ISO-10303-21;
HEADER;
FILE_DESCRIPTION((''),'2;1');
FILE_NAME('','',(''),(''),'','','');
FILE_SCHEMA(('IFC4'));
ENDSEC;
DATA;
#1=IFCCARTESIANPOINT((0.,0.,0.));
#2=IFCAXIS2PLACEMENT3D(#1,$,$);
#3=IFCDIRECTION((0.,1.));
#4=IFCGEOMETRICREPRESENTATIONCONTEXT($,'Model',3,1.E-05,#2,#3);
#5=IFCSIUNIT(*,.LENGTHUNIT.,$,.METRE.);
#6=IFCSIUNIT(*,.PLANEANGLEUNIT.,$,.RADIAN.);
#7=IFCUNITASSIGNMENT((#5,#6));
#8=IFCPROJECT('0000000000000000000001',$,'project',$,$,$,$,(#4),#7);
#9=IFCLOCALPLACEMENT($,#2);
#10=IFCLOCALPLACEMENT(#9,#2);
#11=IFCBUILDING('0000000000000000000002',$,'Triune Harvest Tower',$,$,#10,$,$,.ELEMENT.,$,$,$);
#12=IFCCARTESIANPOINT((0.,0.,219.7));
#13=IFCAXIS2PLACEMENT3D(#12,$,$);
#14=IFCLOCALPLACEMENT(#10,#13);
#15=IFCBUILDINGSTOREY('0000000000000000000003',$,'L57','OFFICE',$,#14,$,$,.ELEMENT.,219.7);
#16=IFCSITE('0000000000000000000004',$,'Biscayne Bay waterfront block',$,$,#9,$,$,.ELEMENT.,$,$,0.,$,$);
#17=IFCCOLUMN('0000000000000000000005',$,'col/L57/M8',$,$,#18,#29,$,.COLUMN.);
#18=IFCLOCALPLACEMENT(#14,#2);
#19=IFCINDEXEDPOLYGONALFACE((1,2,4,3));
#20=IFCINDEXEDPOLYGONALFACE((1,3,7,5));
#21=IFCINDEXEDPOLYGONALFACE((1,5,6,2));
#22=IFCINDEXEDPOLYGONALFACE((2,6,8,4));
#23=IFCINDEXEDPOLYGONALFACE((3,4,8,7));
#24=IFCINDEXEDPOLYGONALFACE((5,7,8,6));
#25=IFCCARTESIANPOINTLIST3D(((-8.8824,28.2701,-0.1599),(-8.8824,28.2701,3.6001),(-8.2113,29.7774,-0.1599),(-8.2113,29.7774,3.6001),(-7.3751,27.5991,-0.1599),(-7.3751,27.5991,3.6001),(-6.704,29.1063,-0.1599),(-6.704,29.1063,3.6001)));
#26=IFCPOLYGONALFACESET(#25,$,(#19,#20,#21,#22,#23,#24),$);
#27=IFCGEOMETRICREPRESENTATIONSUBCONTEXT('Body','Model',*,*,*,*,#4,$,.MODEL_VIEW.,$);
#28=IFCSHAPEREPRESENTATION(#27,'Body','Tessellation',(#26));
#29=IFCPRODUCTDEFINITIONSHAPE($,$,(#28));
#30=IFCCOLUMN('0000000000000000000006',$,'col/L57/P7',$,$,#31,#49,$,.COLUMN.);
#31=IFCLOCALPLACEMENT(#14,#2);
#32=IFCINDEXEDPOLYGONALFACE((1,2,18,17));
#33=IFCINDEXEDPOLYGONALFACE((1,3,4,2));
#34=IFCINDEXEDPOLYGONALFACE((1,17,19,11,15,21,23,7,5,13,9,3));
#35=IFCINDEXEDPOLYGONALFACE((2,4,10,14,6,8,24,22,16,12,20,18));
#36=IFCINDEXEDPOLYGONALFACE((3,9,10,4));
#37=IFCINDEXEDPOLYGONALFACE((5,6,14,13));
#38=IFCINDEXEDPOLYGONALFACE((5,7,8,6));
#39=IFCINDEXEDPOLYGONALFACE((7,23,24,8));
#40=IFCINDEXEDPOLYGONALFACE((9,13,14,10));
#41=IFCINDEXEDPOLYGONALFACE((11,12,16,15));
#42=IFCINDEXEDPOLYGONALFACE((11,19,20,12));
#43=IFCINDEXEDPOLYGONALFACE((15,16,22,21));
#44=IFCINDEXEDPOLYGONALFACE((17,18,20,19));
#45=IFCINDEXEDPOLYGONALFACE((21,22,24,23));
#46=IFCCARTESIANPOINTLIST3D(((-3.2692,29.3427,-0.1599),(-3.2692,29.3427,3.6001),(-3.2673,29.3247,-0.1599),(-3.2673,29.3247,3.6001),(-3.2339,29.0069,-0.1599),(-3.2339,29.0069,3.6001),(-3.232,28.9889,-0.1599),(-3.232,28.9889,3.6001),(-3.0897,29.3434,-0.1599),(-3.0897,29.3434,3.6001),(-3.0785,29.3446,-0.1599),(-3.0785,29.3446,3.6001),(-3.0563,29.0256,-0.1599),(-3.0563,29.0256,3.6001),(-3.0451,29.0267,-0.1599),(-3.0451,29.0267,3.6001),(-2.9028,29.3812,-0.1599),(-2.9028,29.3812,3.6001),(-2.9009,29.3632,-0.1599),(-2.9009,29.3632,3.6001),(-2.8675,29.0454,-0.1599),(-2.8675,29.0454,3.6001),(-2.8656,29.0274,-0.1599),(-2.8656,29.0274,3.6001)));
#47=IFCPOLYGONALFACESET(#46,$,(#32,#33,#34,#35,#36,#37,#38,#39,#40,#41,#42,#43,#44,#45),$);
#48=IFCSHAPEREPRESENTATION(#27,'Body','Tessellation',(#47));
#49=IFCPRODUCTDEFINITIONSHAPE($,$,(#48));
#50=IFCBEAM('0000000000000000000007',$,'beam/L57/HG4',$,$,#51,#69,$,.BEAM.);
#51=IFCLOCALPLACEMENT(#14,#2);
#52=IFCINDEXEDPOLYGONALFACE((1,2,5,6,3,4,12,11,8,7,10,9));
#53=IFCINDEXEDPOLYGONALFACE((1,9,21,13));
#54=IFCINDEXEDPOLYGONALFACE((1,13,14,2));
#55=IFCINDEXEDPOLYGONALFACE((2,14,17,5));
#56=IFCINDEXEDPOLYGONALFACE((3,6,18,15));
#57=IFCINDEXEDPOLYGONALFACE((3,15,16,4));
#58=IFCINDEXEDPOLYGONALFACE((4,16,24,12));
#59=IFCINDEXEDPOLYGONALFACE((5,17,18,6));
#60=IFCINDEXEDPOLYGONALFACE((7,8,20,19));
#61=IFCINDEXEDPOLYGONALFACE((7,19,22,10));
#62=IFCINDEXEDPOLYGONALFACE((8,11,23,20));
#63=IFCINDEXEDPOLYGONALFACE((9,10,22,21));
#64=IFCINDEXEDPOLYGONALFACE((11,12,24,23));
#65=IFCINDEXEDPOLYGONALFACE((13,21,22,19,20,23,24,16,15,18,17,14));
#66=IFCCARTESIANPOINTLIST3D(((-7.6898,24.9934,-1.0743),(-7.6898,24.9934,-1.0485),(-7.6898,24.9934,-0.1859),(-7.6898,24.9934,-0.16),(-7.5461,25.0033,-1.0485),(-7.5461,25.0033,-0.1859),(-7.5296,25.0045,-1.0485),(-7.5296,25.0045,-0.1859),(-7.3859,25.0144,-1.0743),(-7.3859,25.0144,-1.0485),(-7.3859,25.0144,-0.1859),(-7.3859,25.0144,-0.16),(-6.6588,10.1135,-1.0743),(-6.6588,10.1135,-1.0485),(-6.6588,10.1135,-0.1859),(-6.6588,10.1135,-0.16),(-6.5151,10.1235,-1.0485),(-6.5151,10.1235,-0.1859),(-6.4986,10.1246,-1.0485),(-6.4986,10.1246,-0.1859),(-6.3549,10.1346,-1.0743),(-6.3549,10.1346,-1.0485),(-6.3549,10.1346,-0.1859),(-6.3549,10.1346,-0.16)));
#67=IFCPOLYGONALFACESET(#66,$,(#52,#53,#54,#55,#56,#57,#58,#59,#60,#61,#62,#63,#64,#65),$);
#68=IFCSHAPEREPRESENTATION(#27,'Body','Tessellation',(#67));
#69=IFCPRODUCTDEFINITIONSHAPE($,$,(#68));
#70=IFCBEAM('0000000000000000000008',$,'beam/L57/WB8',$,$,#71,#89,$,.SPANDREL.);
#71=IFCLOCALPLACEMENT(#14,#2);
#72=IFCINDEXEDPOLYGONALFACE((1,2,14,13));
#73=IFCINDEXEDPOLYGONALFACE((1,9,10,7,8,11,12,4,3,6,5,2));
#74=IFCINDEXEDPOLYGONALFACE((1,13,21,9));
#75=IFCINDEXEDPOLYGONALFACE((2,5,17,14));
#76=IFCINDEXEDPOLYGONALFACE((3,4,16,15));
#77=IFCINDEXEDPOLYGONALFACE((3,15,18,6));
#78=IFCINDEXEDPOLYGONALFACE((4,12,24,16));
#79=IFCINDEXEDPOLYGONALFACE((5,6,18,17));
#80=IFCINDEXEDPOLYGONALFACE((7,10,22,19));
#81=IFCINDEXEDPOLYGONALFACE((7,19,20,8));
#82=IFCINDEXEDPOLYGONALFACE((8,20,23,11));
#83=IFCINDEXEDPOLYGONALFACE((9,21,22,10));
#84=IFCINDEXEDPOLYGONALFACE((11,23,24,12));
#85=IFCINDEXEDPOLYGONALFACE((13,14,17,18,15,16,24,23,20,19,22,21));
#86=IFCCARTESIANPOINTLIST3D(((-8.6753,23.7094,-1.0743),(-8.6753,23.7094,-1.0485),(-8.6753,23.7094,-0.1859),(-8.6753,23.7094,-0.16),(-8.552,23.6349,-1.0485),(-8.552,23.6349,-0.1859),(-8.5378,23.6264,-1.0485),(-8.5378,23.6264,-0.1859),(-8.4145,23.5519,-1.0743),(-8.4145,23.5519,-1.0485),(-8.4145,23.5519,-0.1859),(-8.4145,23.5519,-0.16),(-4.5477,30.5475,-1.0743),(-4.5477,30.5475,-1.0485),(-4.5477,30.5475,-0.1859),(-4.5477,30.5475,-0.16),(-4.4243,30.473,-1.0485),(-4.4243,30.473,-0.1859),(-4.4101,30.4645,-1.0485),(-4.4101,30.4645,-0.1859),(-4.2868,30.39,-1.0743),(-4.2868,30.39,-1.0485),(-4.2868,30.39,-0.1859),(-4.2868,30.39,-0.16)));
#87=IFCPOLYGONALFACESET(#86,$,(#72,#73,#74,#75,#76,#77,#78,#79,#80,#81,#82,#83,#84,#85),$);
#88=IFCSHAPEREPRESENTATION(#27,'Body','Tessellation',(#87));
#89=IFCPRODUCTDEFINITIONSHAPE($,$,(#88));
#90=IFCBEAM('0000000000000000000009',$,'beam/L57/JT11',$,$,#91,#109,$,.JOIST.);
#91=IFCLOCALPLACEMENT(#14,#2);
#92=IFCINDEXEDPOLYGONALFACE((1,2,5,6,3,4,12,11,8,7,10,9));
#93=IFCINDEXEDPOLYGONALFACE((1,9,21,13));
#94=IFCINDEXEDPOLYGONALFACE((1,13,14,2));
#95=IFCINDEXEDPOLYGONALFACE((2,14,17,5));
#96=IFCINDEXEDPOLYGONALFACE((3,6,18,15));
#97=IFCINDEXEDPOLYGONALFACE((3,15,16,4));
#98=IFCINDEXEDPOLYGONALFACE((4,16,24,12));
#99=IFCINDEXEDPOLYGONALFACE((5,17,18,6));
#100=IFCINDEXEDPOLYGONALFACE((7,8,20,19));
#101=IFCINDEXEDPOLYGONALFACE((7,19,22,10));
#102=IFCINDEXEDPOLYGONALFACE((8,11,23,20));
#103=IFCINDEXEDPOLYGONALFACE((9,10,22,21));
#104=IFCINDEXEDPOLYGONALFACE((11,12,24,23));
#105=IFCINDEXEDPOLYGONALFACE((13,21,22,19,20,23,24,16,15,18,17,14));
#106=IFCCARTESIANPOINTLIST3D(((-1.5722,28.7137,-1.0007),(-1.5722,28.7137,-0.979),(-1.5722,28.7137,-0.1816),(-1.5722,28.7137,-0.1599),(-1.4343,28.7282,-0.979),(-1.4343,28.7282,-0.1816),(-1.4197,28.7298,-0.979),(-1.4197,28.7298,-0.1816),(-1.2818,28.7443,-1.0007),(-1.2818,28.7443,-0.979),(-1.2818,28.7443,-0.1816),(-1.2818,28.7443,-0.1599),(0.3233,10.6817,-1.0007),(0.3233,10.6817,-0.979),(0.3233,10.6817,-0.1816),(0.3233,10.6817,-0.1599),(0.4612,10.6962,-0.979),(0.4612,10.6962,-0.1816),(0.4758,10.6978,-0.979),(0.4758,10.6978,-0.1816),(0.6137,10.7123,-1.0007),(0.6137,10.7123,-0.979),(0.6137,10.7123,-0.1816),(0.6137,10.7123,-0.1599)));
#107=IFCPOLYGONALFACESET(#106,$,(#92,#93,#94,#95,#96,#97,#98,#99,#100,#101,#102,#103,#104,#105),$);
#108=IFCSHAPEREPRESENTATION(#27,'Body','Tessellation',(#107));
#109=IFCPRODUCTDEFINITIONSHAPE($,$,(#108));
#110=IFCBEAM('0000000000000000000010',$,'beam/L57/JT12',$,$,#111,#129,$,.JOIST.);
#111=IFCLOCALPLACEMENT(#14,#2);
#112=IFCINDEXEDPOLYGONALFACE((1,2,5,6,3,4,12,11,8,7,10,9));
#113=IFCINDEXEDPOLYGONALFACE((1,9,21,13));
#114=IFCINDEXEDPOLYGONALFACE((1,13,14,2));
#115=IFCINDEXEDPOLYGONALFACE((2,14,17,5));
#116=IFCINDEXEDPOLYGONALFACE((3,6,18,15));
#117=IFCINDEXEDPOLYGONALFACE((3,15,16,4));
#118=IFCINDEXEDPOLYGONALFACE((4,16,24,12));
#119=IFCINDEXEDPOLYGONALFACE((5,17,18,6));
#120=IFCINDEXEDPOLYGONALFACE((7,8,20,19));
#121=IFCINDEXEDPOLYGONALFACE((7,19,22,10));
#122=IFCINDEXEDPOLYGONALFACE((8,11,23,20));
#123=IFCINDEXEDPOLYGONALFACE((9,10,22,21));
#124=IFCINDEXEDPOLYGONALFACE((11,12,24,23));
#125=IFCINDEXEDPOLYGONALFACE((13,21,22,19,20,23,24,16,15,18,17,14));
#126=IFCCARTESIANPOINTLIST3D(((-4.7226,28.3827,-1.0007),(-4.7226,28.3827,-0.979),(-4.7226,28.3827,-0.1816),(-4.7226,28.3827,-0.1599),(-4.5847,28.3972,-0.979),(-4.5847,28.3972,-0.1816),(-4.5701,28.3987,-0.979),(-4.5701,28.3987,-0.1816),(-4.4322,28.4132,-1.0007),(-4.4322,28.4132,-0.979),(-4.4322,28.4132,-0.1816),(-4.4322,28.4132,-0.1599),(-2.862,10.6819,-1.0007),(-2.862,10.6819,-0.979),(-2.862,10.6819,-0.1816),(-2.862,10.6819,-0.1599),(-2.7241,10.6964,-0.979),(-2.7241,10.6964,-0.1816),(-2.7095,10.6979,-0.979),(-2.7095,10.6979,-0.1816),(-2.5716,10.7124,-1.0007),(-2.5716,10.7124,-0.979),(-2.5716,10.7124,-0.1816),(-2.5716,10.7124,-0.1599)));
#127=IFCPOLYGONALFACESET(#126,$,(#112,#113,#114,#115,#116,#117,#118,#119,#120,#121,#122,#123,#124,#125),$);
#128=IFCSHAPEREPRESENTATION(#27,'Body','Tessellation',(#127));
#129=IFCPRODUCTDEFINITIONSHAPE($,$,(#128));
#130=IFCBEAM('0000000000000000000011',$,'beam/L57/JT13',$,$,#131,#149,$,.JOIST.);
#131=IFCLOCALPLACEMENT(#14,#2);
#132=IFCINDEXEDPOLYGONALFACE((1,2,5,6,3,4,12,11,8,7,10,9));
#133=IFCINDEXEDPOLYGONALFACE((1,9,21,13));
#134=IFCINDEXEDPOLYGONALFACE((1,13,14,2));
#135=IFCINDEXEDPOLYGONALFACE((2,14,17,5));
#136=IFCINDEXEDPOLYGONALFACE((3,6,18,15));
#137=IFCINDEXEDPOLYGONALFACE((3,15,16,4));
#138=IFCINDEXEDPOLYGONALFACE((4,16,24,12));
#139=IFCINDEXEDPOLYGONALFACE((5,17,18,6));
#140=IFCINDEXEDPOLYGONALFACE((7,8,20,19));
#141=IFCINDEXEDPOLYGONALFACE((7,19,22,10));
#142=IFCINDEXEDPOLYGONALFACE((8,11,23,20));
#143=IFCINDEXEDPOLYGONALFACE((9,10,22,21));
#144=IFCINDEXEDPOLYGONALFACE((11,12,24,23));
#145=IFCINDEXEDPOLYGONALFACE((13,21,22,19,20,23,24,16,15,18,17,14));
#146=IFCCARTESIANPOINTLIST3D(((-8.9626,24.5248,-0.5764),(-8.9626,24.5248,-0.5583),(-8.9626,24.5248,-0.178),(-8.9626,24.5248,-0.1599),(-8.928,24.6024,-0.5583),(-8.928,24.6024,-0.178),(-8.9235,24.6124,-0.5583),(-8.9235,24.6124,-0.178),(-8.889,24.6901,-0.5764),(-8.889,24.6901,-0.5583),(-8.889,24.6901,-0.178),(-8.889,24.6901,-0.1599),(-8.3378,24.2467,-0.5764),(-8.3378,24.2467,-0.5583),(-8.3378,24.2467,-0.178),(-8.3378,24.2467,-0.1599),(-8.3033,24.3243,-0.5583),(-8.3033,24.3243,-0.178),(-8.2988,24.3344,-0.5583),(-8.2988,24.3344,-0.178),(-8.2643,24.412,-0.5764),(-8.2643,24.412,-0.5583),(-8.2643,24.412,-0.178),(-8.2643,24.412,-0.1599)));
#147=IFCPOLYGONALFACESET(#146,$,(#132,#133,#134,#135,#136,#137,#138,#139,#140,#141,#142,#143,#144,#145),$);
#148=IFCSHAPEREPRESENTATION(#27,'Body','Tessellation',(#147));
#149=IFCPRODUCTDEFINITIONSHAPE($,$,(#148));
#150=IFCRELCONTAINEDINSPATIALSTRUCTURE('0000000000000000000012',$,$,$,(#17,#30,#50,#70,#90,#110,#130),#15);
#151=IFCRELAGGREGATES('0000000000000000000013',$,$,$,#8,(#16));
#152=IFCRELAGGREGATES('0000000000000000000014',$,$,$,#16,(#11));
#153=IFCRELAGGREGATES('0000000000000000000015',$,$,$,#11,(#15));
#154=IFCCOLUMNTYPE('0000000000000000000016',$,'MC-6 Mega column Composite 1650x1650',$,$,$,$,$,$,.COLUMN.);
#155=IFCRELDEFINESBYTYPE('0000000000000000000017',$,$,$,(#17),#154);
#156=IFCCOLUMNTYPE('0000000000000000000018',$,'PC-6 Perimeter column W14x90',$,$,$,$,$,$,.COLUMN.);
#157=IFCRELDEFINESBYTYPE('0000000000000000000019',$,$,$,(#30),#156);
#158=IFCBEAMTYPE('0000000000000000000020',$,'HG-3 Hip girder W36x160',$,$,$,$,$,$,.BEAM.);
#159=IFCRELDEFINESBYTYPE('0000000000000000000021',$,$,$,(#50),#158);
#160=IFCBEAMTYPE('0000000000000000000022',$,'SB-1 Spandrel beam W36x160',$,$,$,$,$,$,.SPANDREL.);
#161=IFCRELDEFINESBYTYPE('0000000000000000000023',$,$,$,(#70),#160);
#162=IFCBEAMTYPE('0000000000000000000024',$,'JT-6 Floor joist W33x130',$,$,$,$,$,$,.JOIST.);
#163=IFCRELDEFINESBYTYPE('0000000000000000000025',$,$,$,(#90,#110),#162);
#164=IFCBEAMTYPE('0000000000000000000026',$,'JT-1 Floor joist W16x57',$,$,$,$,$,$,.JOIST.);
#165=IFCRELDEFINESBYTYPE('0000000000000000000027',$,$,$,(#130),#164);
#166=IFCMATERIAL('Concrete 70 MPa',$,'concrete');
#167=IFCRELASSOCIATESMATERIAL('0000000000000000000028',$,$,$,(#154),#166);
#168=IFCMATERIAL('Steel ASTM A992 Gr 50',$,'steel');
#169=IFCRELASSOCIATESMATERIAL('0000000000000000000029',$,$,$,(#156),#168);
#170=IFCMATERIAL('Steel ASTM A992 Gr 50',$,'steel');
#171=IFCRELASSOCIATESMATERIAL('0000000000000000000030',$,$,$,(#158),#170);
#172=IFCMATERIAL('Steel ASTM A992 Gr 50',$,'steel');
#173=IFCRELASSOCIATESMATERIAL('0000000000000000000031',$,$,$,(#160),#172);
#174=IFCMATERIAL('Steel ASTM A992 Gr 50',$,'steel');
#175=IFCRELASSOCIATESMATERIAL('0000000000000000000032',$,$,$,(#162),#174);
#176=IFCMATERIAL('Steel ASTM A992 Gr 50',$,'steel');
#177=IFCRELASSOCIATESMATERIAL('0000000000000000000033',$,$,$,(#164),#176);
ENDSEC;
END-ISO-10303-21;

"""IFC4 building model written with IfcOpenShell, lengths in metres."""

from ifc_helpers import new_model, si_unit, direction, frame, origin, origin_2d, place, context, subcontext, project, spatial, rectangle, i_section, extrude, source, transform, mapped, material, material_profile, profile_set, type_object, element, save


model = new_model("IFC4")

# Units and contexts
model_context = context("Model", 3, precision=1e-05, world=origin(), true_north=direction((0.0, 1.0)))
body_context = subcontext(model_context, "Body", "Model", "MODEL_VIEW")
ifc_project = project(units=[si_unit("LENGTHUNIT", "METRE"), si_unit("PLANEANGLEUNIT", "RADIAN")], contexts=[model_context])

# Site, building, storey
site_placement = place(None, origin())
site = spatial("IfcSite", under=ifc_project, at=site_placement, Name="Biscayne Bay waterfront block", CompositionType="ELEMENT", RefElevation=0.0)
building_placement = place(site_placement, origin())
building = spatial("IfcBuilding", under=site, at=building_placement, Name="Triune Harvest Tower", CompositionType="ELEMENT")
storey_placement = place(building_placement, frame((0.0, 0.0, 219.7)))
storey = spatial("IfcBuildingStorey", under=building, at=storey_placement, Name="L57", Description="OFFICE", CompositionType="ELEMENT", Elevation=219.7)

# Columns
ifc_material_1 = material(Name="Concrete 70 MPa", Category="concrete")
ifc_material_profile_1 = material_profile(ifc_material_1, rectangle(XDim=1.6499, YDim=1.6499, at=origin_2d()), Name="Composite 1650x1650")
ifc_profile_set_1 = profile_set([ifc_material_profile_1], Name="Concrete 70 MPa")
column_type_1 = type_object("IfcColumnType", Name="MC-6 Mega column Composite 1650x1650", PredefinedType="COLUMN", material=ifc_profile_set_1)
shared_shape_1 = source(origin(), body_context, "Body", "SweptSolid", [
    extrude(rectangle(XDim=1.6499, YDim=1.6499, at=origin_2d()), origin(), (0.0, 0.0, 1.0), 3.76),
])
column_1_placement = place(storey_placement, frame((-7.7932, 28.6882, -0.1599), z_axis=(0.0, 0.0, 1.0), x_axis=(-0.406738, -0.913545, 0.0)))
element("IfcColumn", 1, at=column_1_placement, inside=storey, type_object=column_type_1, Name="col/L57/M8", PredefinedType="COLUMN", context=body_context, shape_type="MappedRepresentation", body=[
    mapped(shared_shape_1, transform((0.0, 0.0, 0.0), scale=1.0)),
])
ifc_material_2 = material(Name="Steel ASTM A992 Gr 50", Category="steel")
ifc_material_profile_2 = material_profile(ifc_material_2, i_section(OverallWidth=0.3684, OverallDepth=0.3557, WebThickness=0.0112, FlangeThickness=0.0181, at=origin_2d()), Name="W14x90")
ifc_profile_set_2 = profile_set([ifc_material_profile_2], Name="Steel ASTM A992 Gr 50")
column_type_2 = type_object("IfcColumnType", Name="PC-6 Perimeter column W14x90", PredefinedType="COLUMN", material=ifc_profile_set_2)
shared_shape_2 = source(origin(), body_context, "Body", "SweptSolid", [
    extrude(i_section(OverallWidth=0.3684, OverallDepth=0.3557, WebThickness=0.0112, FlangeThickness=0.0181, at=origin_2d()), origin(), (0.0, 0.0, 1.0), 3.76),
])
column_2_placement = place(storey_placement, frame((-3.0674, 29.1851, -0.1599), z_axis=(0.0, 0.0, 1.0), x_axis=(-0.994522, -0.104528, 0.0)))
element("IfcColumn", 2, at=column_2_placement, inside=storey, type_object=column_type_2, Name="col/L57/P7", PredefinedType="COLUMN", context=body_context, shape_type="MappedRepresentation", body=[
    mapped(shared_shape_2, transform((0.0, 0.0, 0.0), scale=1.0)),
])

# Beams
ifc_material_3 = material(Name="Steel ASTM A992 Gr 50", Category="steel")
ifc_material_profile_3 = material_profile(ifc_material_3, i_section(OverallWidth=0.3047, OverallDepth=0.9143, WebThickness=0.0166, FlangeThickness=0.0259, at=origin_2d()), Name="W36x160")
ifc_profile_set_3 = profile_set([ifc_material_profile_3], Name="Steel ASTM A992 Gr 50")
beam_type_1 = type_object("IfcBeamType", Name="HG-3 Hip girder W36x160", PredefinedType="BEAM", material=ifc_profile_set_3)
beam_1_placement = place(storey_placement, frame((-7.5378, 25.0039, -0.6172), z_axis=(0.069123, -0.997608, 0.0), x_axis=(0.997608, 0.069123, 0.0)))
element("IfcBeam", 3, at=beam_1_placement, inside=storey, type_object=beam_type_1, Name="beam/L57/HG4", PredefinedType="BEAM", context=body_context, shape_type="SweptSolid", body=[
    extrude(i_section(OverallWidth=0.3047, OverallDepth=0.9143, WebThickness=0.0166, FlangeThickness=0.0259, at=origin_2d()), origin(), (0.0, 0.0, 1.0), 14.9155),
])
ifc_material_4 = material(Name="Steel ASTM A992 Gr 50", Category="steel")
ifc_material_profile_4 = material_profile(ifc_material_4, i_section(OverallWidth=0.3047, OverallDepth=0.9143, WebThickness=0.0166, FlangeThickness=0.0259, at=origin_2d()), Name="W36x160")
ifc_profile_set_4 = profile_set([ifc_material_profile_4], Name="Steel ASTM A992 Gr 50")
beam_type_2 = type_object("IfcBeamType", Name="SB-1 Spandrel beam W36x160", PredefinedType="SPANDREL", material=ifc_profile_set_4)
shared_shape_3 = source(origin(), body_context, "Body", "SweptSolid", [
    extrude(i_section(OverallWidth=0.3047, OverallDepth=0.9143, WebThickness=0.0166, FlangeThickness=0.0259, at=origin_2d()), origin(), (0.0, 0.0, 1.0), 7.9873),
])
beam_2_placement = place(storey_placement, frame((-4.4172, 30.4688, -0.6172), z_axis=(-0.516777, -0.85612, 0.0), x_axis=(0.85612, -0.516777, 0.0)))
element("IfcBeam", 4, at=beam_2_placement, inside=storey, type_object=beam_type_2, Name="beam/L57/WB8", PredefinedType="SPANDREL", context=body_context, shape_type="MappedRepresentation", body=[
    mapped(shared_shape_3, transform((0.0, 0.0, 0.0), scale=1.0)),
])
ifc_material_5 = material(Name="Steel ASTM A992 Gr 50", Category="steel")
ifc_material_profile_5 = material_profile(ifc_material_5, i_section(OverallWidth=0.292, OverallDepth=0.8408, WebThickness=0.0146, FlangeThickness=0.0217, at=origin_2d()), Name="W33x130")
ifc_profile_set_5 = profile_set([ifc_material_profile_5], Name="Steel ASTM A992 Gr 50")
beam_type_3 = type_object("IfcBeamType", Name="JT-6 Floor joist W33x130", PredefinedType="JOIST", material=ifc_profile_set_5)
shared_shape_4 = source(origin(), body_context, "Body", "SweptSolid", [
    extrude(i_section(OverallWidth=0.292, OverallDepth=0.8408, WebThickness=0.0146, FlangeThickness=0.0217, at=origin_2d()), origin(), (0.0, 0.0, 1.0), 18.1313),
])
beam_3_placement = place(storey_placement, frame((-1.427, 28.729, -0.5803), z_axis=(0.104543, -0.99452, 0.0), x_axis=(0.99452, 0.104543, 0.0)))
element("IfcBeam", 5, at=beam_3_placement, inside=storey, type_object=beam_type_3, Name="beam/L57/JT11", PredefinedType="JOIST", context=body_context, shape_type="MappedRepresentation", body=[
    mapped(shared_shape_4, transform((0.0, 0.0, 0.0), scale=1.0)),
])
shared_shape_5 = source(origin(), body_context, "Body", "SweptSolid", [
    extrude(i_section(OverallWidth=0.292, OverallDepth=0.8408, WebThickness=0.0146, FlangeThickness=0.0217, at=origin_2d()), origin(), (0.0, 0.0, 1.0), 17.7983),
])
beam_4_placement = place(storey_placement, frame((-4.5774, 28.3979, -0.5803), z_axis=(0.104537, -0.994521, 0.0), x_axis=(0.994521, 0.104537, 0.0)))
element("IfcBeam", 6, at=beam_4_placement, inside=storey, type_object=beam_type_3, Name="beam/L57/JT12", PredefinedType="JOIST", context=body_context, shape_type="MappedRepresentation", body=[
    mapped(shared_shape_5, transform((0.0, 0.0, 0.0), scale=1.0)),
])
ifc_material_6 = material(Name="Steel ASTM A992 Gr 50", Category="steel")
ifc_material_profile_6 = material_profile(ifc_material_6, i_section(OverallWidth=0.1809, OverallDepth=0.4165, WebThickness=0.011, FlangeThickness=0.0181, at=origin_2d()), Name="W16x57")
ifc_profile_set_6 = profile_set([ifc_material_profile_6], Name="Steel ASTM A992 Gr 50")
beam_type_4 = type_object("IfcBeamType", Name="JT-1 Floor joist W16x57", PredefinedType="JOIST", material=ifc_profile_set_6)
shared_shape_6 = source(origin(), body_context, "Body", "SweptSolid", [
    extrude(i_section(OverallWidth=0.1809, OverallDepth=0.4165, WebThickness=0.011, FlangeThickness=0.0181, at=origin_2d()), origin(), (0.0, 0.0, 1.0), 0.6838),
])
beam_5_placement = place(storey_placement, frame((-8.9258, 24.6074, -0.3682), z_axis=(0.913591, -0.406635, 0.0), x_axis=(0.406635, 0.913591, 0.0)))
element("IfcBeam", 7, at=beam_5_placement, inside=storey, type_object=beam_type_4, Name="beam/L57/JT13", PredefinedType="JOIST", context=body_context, shape_type="MappedRepresentation", body=[
    mapped(shared_shape_6, transform((0.0, 0.0, 0.0), scale=1.0)),
])

save(model, "model.ifc")
